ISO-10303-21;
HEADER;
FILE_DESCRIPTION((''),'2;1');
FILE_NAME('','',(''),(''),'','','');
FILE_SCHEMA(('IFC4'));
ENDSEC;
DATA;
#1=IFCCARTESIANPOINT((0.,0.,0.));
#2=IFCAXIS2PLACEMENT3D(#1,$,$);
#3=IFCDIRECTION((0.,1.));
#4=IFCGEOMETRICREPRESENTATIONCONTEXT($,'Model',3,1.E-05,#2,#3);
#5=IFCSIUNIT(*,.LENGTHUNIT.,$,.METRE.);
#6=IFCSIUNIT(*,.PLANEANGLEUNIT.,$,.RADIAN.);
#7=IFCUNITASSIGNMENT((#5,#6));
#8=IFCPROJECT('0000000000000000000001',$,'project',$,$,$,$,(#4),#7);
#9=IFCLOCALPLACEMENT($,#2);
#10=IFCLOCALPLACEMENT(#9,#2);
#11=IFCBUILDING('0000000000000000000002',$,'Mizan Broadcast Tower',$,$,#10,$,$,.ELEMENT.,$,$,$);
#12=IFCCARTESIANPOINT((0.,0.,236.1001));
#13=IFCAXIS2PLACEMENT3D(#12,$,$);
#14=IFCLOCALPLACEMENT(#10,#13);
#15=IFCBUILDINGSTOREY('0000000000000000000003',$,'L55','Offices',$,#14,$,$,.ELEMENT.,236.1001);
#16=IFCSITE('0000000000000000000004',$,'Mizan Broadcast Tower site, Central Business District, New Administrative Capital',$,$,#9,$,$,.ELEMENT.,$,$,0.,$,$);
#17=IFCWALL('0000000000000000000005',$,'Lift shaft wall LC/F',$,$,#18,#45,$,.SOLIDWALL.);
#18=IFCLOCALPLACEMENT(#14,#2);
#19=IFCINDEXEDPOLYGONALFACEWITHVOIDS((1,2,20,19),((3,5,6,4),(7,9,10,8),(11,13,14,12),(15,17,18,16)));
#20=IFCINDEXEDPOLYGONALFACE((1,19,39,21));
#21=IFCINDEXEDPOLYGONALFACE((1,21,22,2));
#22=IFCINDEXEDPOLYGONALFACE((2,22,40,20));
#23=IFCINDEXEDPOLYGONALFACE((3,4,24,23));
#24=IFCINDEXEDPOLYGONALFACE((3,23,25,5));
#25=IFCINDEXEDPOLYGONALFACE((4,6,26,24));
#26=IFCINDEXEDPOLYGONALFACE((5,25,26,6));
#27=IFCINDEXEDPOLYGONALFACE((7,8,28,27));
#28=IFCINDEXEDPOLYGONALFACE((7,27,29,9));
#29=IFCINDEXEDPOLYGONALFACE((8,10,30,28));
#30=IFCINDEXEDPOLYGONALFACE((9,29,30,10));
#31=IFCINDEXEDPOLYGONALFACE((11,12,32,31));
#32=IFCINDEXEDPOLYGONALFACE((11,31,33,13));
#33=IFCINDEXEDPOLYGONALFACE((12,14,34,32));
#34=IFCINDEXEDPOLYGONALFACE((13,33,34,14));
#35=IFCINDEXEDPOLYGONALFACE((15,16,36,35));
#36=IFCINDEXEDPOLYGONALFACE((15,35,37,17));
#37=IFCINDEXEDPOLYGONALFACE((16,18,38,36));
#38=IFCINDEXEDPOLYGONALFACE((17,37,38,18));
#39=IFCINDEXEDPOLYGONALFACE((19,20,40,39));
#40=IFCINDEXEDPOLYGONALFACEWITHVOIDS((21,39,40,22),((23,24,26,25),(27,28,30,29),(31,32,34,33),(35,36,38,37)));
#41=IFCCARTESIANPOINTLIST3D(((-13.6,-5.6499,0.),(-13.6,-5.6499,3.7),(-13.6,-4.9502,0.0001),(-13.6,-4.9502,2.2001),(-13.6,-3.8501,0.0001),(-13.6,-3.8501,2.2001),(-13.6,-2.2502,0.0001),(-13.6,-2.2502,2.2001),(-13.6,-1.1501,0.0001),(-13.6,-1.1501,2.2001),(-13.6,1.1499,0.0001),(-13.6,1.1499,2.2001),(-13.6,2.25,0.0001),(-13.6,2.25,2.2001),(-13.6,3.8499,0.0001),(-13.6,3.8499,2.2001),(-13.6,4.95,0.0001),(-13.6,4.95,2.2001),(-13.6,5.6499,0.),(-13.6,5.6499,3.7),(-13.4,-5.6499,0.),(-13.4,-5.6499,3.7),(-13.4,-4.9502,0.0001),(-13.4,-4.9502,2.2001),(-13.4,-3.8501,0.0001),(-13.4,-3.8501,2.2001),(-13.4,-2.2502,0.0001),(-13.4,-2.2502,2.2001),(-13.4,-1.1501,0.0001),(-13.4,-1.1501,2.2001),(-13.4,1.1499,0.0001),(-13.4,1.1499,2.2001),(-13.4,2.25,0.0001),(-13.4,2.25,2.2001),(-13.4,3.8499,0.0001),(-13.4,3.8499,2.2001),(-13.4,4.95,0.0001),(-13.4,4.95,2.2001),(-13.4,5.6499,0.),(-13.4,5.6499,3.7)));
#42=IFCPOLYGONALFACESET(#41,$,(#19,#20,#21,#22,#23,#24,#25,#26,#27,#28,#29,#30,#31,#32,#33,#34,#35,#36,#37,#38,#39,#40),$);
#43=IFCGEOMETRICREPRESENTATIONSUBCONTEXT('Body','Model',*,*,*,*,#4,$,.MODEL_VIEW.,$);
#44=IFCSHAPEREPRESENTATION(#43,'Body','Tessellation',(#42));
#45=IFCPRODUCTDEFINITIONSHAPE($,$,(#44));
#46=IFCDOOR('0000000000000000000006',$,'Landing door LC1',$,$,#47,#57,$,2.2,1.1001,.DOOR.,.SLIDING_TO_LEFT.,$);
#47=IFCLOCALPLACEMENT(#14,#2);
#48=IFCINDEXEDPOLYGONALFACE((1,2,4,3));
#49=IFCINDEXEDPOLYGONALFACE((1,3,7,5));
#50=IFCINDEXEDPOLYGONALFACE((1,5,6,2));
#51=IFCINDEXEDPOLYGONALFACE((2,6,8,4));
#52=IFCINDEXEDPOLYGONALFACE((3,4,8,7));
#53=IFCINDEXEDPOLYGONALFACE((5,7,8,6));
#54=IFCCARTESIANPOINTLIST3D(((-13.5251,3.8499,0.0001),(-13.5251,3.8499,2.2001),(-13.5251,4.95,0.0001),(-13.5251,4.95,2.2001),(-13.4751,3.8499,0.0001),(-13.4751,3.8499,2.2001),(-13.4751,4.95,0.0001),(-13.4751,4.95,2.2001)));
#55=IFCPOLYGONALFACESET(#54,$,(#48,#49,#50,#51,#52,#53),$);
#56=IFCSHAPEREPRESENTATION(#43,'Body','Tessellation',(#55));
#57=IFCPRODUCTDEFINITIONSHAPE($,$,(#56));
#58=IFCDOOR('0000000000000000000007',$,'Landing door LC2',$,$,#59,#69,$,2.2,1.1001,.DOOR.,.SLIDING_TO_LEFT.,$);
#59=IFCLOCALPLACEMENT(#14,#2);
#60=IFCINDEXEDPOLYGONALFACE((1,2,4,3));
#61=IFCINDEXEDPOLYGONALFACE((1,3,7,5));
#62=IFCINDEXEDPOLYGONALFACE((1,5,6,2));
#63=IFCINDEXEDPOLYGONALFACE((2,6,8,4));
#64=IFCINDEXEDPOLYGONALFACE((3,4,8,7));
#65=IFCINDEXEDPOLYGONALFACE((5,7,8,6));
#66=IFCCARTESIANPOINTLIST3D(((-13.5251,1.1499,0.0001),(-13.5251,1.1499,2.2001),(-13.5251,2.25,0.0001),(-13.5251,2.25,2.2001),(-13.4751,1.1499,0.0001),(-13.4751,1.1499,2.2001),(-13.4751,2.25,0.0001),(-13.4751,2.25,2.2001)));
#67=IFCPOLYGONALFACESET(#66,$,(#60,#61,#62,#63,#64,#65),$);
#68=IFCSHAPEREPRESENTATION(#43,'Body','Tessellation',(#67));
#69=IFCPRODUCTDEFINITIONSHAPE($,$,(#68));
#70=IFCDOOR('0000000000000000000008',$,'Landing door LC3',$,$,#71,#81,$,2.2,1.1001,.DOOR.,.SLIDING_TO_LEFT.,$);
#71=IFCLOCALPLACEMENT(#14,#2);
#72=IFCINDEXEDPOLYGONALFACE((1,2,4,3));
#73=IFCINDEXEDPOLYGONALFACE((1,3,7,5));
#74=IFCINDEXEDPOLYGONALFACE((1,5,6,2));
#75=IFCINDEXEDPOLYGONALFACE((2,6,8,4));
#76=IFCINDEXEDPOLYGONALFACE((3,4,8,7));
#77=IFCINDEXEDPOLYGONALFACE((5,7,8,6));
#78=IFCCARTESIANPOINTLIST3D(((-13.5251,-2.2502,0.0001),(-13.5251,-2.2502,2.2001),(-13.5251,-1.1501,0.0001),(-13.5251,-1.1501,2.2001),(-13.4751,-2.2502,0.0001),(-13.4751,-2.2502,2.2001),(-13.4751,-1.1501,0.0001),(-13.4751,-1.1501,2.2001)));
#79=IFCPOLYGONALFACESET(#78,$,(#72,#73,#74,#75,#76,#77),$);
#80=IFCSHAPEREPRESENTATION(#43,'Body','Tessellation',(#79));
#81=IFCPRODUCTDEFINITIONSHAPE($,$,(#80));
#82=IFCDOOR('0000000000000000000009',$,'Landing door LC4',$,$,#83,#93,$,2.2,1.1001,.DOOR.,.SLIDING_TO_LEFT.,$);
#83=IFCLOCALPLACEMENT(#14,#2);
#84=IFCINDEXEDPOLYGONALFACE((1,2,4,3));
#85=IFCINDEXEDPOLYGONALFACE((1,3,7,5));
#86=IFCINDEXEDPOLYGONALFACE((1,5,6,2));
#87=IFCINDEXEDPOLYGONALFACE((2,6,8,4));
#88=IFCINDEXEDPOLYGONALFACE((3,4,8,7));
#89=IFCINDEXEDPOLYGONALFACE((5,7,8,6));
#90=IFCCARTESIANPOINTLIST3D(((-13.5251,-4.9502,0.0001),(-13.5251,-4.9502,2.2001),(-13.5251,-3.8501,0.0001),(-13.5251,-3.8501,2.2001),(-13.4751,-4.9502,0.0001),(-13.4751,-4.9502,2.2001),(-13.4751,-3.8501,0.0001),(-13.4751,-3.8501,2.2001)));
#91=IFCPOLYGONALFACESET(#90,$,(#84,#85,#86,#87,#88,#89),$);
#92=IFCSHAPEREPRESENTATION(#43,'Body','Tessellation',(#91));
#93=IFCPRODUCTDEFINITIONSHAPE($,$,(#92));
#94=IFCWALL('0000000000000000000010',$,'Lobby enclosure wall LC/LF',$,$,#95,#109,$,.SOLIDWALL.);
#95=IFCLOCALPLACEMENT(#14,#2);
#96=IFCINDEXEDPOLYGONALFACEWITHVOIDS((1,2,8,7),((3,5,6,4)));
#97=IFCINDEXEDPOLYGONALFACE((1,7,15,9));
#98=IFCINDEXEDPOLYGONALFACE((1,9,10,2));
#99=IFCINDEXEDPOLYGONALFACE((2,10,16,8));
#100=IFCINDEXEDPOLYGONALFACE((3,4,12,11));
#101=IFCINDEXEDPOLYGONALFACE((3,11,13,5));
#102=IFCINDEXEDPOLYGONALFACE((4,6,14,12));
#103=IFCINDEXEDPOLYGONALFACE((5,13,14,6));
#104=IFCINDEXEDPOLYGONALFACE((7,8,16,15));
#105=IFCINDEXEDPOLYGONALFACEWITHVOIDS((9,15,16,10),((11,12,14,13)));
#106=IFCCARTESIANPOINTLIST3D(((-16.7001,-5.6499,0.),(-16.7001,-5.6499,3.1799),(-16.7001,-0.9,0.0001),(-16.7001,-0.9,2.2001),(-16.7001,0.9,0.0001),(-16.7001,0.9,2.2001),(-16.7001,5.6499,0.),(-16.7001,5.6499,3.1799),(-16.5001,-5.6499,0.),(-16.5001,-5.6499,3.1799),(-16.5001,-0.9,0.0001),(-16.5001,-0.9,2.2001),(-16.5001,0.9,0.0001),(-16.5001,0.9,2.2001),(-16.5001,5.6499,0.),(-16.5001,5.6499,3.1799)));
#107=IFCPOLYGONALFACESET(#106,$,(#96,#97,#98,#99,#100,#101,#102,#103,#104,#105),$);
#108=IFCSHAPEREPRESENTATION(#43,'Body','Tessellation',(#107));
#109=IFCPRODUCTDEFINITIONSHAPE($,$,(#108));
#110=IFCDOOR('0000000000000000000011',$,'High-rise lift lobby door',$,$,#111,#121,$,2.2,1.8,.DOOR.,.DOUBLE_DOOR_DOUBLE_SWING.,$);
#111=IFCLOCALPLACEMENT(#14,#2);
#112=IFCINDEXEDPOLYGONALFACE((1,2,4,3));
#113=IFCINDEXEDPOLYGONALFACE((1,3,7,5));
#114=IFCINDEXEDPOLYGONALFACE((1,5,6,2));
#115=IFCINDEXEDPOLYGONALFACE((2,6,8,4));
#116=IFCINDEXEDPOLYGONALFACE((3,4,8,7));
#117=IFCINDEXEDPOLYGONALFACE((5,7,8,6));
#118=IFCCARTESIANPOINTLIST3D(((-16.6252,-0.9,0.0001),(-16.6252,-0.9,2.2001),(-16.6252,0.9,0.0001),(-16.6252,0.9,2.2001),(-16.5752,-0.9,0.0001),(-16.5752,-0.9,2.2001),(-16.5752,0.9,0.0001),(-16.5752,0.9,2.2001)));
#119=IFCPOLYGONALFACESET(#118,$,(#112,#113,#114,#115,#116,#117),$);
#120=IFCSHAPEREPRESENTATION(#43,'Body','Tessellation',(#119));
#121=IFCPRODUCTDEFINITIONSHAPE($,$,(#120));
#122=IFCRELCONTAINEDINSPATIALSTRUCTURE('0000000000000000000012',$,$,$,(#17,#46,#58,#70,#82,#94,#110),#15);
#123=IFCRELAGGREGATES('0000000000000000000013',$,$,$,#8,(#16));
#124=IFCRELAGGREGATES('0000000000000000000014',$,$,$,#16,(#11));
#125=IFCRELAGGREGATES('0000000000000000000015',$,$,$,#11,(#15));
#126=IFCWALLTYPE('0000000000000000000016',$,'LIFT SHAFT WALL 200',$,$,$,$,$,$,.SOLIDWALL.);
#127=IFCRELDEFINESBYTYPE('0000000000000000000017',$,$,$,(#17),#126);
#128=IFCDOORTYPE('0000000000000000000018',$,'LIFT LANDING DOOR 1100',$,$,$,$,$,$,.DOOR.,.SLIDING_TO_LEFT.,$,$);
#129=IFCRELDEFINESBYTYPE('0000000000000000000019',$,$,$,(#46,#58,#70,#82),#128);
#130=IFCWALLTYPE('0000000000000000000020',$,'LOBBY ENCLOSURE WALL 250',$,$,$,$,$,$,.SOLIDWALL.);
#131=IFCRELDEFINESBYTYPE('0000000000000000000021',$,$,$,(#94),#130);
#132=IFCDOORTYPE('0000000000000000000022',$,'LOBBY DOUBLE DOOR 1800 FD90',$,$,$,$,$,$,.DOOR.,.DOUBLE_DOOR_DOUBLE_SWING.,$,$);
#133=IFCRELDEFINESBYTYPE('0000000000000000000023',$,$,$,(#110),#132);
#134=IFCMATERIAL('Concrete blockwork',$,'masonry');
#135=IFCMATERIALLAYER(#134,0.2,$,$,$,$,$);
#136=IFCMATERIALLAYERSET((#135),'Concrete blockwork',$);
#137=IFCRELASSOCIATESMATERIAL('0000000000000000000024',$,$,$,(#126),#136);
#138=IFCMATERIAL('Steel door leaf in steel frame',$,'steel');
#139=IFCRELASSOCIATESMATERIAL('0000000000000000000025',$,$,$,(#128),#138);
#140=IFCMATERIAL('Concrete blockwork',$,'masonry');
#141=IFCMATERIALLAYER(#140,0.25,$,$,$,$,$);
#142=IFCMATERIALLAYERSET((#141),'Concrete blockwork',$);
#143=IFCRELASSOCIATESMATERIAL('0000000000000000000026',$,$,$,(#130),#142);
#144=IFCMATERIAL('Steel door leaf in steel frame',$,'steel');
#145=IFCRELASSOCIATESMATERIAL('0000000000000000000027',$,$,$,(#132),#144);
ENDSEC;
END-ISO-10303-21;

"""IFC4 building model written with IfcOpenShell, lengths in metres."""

from ifc_helpers import new_model, si_unit, direction, frame, frame_2d, origin, place, context, subcontext, project, spatial, rectangle, extrude, material, layer, layer_set, type_object, element, fill, save


model = new_model("IFC4")

# Units and contexts
model_context = context("Model", 3, precision=1e-05, world=origin(), true_north=direction((0.0, 1.0)))
body_context = subcontext(model_context, "Body", "Model", "MODEL_VIEW")
ifc_project = project(units=[si_unit("LENGTHUNIT", "METRE"), si_unit("PLANEANGLEUNIT", "RADIAN")], contexts=[model_context])

# Site, building, storey
site_placement = place(None, origin())
site = spatial("IfcSite", under=ifc_project, at=site_placement, Name="Mizan Broadcast Tower site, Central Business District, New Administrative Capital", CompositionType="ELEMENT", RefElevation=0.0)
building_placement = place(site_placement, origin())
building = spatial("IfcBuilding", under=site, at=building_placement, Name="Mizan Broadcast Tower", CompositionType="ELEMENT")
storey_placement = place(building_placement, frame((0.0, 0.0, 236.1001)))
storey = spatial("IfcBuildingStorey", under=building, at=storey_placement, Name="L55", Description="Offices", CompositionType="ELEMENT", Elevation=236.1001)

# Wall, openings, doors
ifc_material_1 = material(Name="Concrete blockwork", Category="masonry")
ifc_layer_1 = layer(ifc_material_1, 0.2)
ifc_layer_set_1 = layer_set([ifc_layer_1], Name="Concrete blockwork")
wall_type_1 = type_object("IfcWallType", Name="LIFT SHAFT WALL 200", PredefinedType="SOLIDWALL", material=ifc_layer_set_1)
wall_1_placement = place(storey_placement, frame((-13.5, 5.6499, 0.0), z_axis=(0.0, 0.0, 1.0), x_axis=(0.0, -1.0, 0.0)))
wall_1 = element("IfcWall", 1, at=wall_1_placement, inside=storey, type_object=wall_type_1, Name="Lift shaft wall LC/F", PredefinedType="SOLIDWALL", context=body_context, shape_type="SweptSolid", body=[
    extrude(rectangle(XDim=11.2998, YDim=0.2, at=frame_2d((5.6499, 0.0))), origin(), (0.0, 0.0, 1.0), 3.7),
])
opening_1_placement = place(wall_1_placement, frame((0.7, 0.0, 0.0)))
opening_1 = element("IfcOpeningElement", 2, at=opening_1_placement, cuts=wall_1, PredefinedType="OPENING", context=body_context, shape_type="SweptSolid", body=[
    extrude(rectangle(XDim=1.1001, YDim=2.2, at=frame_2d((0.55, 1.1001))), frame((0.0, 0.1099, 0.0), z_axis=(0.0, -1.0, 0.0), x_axis=(1.0, 0.0, 0.0)), (0.0, 0.0, 1.0), 0.22),
])
opening_2_placement = place(wall_1_placement, frame((3.3999, 0.0, 0.0)))
opening_2 = element("IfcOpeningElement", 3, at=opening_2_placement, cuts=wall_1, PredefinedType="OPENING", context=body_context, shape_type="SweptSolid", body=[
    extrude(rectangle(XDim=1.1001, YDim=2.2, at=frame_2d((0.55, 1.1001))), frame((0.0, 0.1099, 0.0), z_axis=(0.0, -1.0, 0.0), x_axis=(1.0, 0.0, 0.0)), (0.0, 0.0, 1.0), 0.22),
])
opening_3_placement = place(wall_1_placement, frame((6.8, 0.0, 0.0)))
opening_3 = element("IfcOpeningElement", 4, at=opening_3_placement, cuts=wall_1, PredefinedType="OPENING", context=body_context, shape_type="SweptSolid", body=[
    extrude(rectangle(XDim=1.1001, YDim=2.2, at=frame_2d((0.55, 1.1001))), frame((0.0, 0.1099, 0.0), z_axis=(0.0, -1.0, 0.0), x_axis=(1.0, 0.0, 0.0)), (0.0, 0.0, 1.0), 0.22),
])
opening_4_placement = place(wall_1_placement, frame((9.5, 0.0, 0.0)))
opening_4 = element("IfcOpeningElement", 5, at=opening_4_placement, cuts=wall_1, PredefinedType="OPENING", context=body_context, shape_type="SweptSolid", body=[
    extrude(rectangle(XDim=1.1001, YDim=2.2, at=frame_2d((0.55, 1.1001))), frame((0.0, 0.1099, 0.0), z_axis=(0.0, -1.0, 0.0), x_axis=(1.0, 0.0, 0.0)), (0.0, 0.0, 1.0), 0.22),
])
ifc_material_2 = material(Name="Steel door leaf in steel frame", Category="steel")
door_type_1 = type_object("IfcDoorType", Name="LIFT LANDING DOOR 1100", OperationType="SLIDING_TO_LEFT", PredefinedType="DOOR", material=ifc_material_2)
door_1_placement = place(opening_1_placement, origin())
door_1 = element("IfcDoor", 6, at=door_1_placement, inside=storey, type_object=door_type_1, Name="Landing door LC1", OperationType="SLIDING_TO_LEFT", OverallHeight=2.2, OverallWidth=1.1001, PredefinedType="DOOR", context=body_context, shape_type="SweptSolid", body=[
    extrude(rectangle(XDim=1.1001, YDim=2.2, at=frame_2d((0.55, 1.1001))), frame((0.0, 0.0249, 0.0), z_axis=(0.0, -1.0, 0.0), x_axis=(1.0, 0.0, 0.0)), (0.0, 0.0, 1.0), 0.05),
])
fill(opening_1, door_1)
door_2_placement = place(opening_2_placement, origin())
door_2 = element("IfcDoor", 7, at=door_2_placement, inside=storey, type_object=door_type_1, Name="Landing door LC2", OperationType="SLIDING_TO_LEFT", OverallHeight=2.2, OverallWidth=1.1001, PredefinedType="DOOR", context=body_context, shape_type="SweptSolid", body=[
    extrude(rectangle(XDim=1.1001, YDim=2.2, at=frame_2d((0.55, 1.1001))), frame((0.0, 0.0249, 0.0), z_axis=(0.0, -1.0, 0.0), x_axis=(1.0, 0.0, 0.0)), (0.0, 0.0, 1.0), 0.05),
])
fill(opening_2, door_2)
door_3_placement = place(opening_3_placement, origin())
door_3 = element("IfcDoor", 8, at=door_3_placement, inside=storey, type_object=door_type_1, Name="Landing door LC3", OperationType="SLIDING_TO_LEFT", OverallHeight=2.2, OverallWidth=1.1001, PredefinedType="DOOR", context=body_context, shape_type="SweptSolid", body=[
    extrude(rectangle(XDim=1.1001, YDim=2.2, at=frame_2d((0.55, 1.1001))), frame((0.0, 0.0249, 0.0), z_axis=(0.0, -1.0, 0.0), x_axis=(1.0, 0.0, 0.0)), (0.0, 0.0, 1.0), 0.05),
])
fill(opening_3, door_3)
door_4_placement = place(opening_4_placement, origin())
door_4 = element("IfcDoor", 9, at=door_4_placement, inside=storey, type_object=door_type_1, Name="Landing door LC4", OperationType="SLIDING_TO_LEFT", OverallHeight=2.2, OverallWidth=1.1001, PredefinedType="DOOR", context=body_context, shape_type="SweptSolid", body=[
    extrude(rectangle(XDim=1.1001, YDim=2.2, at=frame_2d((0.55, 1.1001))), frame((0.0, 0.0249, 0.0), z_axis=(0.0, -1.0, 0.0), x_axis=(1.0, 0.0, 0.0)), (0.0, 0.0, 1.0), 0.05),
])
fill(opening_4, door_4)

# Wall, opening, door
ifc_material_3 = material(Name="Concrete blockwork", Category="masonry")
ifc_layer_2 = layer(ifc_material_3, 0.25)
ifc_layer_set_2 = layer_set([ifc_layer_2], Name="Concrete blockwork")
wall_type_2 = type_object("IfcWallType", Name="LOBBY ENCLOSURE WALL 250", PredefinedType="SOLIDWALL", material=ifc_layer_set_2)
wall_2_placement = place(storey_placement, frame((-16.6001, 5.6499, 0.0), z_axis=(0.0, 0.0, 1.0), x_axis=(0.0, -1.0, 0.0)))
wall_2 = element("IfcWall", 10, at=wall_2_placement, inside=storey, type_object=wall_type_2, Name="Lobby enclosure wall LC/LF", PredefinedType="SOLIDWALL", context=body_context, shape_type="SweptSolid", body=[
    extrude(rectangle(XDim=11.2998, YDim=0.2, at=frame_2d((5.6499, 0.0))), origin(), (0.0, 0.0, 1.0), 3.1799),
])
opening_5_placement = place(wall_2_placement, frame((4.75, 0.0, 0.0)))
opening_5 = element("IfcOpeningElement", 11, at=opening_5_placement, cuts=wall_2, PredefinedType="OPENING", context=body_context, shape_type="SweptSolid", body=[
    extrude(rectangle(XDim=1.8, YDim=2.2, at=frame_2d((0.8999, 1.1001))), frame((0.0, 0.1099, 0.0), z_axis=(0.0, -1.0, 0.0), x_axis=(1.0, 0.0, 0.0)), (0.0, 0.0, 1.0), 0.22),
])
ifc_material_4 = material(Name="Steel door leaf in steel frame", Category="steel")
door_type_2 = type_object("IfcDoorType", Name="LOBBY DOUBLE DOOR 1800 FD90", OperationType="DOUBLE_DOOR_DOUBLE_SWING", PredefinedType="DOOR", material=ifc_material_4)
door_5_placement = place(opening_5_placement, origin())
door_5 = element("IfcDoor", 12, at=door_5_placement, inside=storey, type_object=door_type_2, Name="High-rise lift lobby door", OperationType="DOUBLE_DOOR_DOUBLE_SWING", OverallHeight=2.2, OverallWidth=1.8, PredefinedType="DOOR", context=body_context, shape_type="SweptSolid", body=[
    extrude(rectangle(XDim=1.8, YDim=2.2, at=frame_2d((0.8999, 1.1001))), frame((0.0, 0.0249, 0.0), z_axis=(0.0, -1.0, 0.0), x_axis=(1.0, 0.0, 0.0)), (0.0, 0.0, 1.0), 0.05),
])
fill(opening_5, door_5)

save(model, "model.ifc")
